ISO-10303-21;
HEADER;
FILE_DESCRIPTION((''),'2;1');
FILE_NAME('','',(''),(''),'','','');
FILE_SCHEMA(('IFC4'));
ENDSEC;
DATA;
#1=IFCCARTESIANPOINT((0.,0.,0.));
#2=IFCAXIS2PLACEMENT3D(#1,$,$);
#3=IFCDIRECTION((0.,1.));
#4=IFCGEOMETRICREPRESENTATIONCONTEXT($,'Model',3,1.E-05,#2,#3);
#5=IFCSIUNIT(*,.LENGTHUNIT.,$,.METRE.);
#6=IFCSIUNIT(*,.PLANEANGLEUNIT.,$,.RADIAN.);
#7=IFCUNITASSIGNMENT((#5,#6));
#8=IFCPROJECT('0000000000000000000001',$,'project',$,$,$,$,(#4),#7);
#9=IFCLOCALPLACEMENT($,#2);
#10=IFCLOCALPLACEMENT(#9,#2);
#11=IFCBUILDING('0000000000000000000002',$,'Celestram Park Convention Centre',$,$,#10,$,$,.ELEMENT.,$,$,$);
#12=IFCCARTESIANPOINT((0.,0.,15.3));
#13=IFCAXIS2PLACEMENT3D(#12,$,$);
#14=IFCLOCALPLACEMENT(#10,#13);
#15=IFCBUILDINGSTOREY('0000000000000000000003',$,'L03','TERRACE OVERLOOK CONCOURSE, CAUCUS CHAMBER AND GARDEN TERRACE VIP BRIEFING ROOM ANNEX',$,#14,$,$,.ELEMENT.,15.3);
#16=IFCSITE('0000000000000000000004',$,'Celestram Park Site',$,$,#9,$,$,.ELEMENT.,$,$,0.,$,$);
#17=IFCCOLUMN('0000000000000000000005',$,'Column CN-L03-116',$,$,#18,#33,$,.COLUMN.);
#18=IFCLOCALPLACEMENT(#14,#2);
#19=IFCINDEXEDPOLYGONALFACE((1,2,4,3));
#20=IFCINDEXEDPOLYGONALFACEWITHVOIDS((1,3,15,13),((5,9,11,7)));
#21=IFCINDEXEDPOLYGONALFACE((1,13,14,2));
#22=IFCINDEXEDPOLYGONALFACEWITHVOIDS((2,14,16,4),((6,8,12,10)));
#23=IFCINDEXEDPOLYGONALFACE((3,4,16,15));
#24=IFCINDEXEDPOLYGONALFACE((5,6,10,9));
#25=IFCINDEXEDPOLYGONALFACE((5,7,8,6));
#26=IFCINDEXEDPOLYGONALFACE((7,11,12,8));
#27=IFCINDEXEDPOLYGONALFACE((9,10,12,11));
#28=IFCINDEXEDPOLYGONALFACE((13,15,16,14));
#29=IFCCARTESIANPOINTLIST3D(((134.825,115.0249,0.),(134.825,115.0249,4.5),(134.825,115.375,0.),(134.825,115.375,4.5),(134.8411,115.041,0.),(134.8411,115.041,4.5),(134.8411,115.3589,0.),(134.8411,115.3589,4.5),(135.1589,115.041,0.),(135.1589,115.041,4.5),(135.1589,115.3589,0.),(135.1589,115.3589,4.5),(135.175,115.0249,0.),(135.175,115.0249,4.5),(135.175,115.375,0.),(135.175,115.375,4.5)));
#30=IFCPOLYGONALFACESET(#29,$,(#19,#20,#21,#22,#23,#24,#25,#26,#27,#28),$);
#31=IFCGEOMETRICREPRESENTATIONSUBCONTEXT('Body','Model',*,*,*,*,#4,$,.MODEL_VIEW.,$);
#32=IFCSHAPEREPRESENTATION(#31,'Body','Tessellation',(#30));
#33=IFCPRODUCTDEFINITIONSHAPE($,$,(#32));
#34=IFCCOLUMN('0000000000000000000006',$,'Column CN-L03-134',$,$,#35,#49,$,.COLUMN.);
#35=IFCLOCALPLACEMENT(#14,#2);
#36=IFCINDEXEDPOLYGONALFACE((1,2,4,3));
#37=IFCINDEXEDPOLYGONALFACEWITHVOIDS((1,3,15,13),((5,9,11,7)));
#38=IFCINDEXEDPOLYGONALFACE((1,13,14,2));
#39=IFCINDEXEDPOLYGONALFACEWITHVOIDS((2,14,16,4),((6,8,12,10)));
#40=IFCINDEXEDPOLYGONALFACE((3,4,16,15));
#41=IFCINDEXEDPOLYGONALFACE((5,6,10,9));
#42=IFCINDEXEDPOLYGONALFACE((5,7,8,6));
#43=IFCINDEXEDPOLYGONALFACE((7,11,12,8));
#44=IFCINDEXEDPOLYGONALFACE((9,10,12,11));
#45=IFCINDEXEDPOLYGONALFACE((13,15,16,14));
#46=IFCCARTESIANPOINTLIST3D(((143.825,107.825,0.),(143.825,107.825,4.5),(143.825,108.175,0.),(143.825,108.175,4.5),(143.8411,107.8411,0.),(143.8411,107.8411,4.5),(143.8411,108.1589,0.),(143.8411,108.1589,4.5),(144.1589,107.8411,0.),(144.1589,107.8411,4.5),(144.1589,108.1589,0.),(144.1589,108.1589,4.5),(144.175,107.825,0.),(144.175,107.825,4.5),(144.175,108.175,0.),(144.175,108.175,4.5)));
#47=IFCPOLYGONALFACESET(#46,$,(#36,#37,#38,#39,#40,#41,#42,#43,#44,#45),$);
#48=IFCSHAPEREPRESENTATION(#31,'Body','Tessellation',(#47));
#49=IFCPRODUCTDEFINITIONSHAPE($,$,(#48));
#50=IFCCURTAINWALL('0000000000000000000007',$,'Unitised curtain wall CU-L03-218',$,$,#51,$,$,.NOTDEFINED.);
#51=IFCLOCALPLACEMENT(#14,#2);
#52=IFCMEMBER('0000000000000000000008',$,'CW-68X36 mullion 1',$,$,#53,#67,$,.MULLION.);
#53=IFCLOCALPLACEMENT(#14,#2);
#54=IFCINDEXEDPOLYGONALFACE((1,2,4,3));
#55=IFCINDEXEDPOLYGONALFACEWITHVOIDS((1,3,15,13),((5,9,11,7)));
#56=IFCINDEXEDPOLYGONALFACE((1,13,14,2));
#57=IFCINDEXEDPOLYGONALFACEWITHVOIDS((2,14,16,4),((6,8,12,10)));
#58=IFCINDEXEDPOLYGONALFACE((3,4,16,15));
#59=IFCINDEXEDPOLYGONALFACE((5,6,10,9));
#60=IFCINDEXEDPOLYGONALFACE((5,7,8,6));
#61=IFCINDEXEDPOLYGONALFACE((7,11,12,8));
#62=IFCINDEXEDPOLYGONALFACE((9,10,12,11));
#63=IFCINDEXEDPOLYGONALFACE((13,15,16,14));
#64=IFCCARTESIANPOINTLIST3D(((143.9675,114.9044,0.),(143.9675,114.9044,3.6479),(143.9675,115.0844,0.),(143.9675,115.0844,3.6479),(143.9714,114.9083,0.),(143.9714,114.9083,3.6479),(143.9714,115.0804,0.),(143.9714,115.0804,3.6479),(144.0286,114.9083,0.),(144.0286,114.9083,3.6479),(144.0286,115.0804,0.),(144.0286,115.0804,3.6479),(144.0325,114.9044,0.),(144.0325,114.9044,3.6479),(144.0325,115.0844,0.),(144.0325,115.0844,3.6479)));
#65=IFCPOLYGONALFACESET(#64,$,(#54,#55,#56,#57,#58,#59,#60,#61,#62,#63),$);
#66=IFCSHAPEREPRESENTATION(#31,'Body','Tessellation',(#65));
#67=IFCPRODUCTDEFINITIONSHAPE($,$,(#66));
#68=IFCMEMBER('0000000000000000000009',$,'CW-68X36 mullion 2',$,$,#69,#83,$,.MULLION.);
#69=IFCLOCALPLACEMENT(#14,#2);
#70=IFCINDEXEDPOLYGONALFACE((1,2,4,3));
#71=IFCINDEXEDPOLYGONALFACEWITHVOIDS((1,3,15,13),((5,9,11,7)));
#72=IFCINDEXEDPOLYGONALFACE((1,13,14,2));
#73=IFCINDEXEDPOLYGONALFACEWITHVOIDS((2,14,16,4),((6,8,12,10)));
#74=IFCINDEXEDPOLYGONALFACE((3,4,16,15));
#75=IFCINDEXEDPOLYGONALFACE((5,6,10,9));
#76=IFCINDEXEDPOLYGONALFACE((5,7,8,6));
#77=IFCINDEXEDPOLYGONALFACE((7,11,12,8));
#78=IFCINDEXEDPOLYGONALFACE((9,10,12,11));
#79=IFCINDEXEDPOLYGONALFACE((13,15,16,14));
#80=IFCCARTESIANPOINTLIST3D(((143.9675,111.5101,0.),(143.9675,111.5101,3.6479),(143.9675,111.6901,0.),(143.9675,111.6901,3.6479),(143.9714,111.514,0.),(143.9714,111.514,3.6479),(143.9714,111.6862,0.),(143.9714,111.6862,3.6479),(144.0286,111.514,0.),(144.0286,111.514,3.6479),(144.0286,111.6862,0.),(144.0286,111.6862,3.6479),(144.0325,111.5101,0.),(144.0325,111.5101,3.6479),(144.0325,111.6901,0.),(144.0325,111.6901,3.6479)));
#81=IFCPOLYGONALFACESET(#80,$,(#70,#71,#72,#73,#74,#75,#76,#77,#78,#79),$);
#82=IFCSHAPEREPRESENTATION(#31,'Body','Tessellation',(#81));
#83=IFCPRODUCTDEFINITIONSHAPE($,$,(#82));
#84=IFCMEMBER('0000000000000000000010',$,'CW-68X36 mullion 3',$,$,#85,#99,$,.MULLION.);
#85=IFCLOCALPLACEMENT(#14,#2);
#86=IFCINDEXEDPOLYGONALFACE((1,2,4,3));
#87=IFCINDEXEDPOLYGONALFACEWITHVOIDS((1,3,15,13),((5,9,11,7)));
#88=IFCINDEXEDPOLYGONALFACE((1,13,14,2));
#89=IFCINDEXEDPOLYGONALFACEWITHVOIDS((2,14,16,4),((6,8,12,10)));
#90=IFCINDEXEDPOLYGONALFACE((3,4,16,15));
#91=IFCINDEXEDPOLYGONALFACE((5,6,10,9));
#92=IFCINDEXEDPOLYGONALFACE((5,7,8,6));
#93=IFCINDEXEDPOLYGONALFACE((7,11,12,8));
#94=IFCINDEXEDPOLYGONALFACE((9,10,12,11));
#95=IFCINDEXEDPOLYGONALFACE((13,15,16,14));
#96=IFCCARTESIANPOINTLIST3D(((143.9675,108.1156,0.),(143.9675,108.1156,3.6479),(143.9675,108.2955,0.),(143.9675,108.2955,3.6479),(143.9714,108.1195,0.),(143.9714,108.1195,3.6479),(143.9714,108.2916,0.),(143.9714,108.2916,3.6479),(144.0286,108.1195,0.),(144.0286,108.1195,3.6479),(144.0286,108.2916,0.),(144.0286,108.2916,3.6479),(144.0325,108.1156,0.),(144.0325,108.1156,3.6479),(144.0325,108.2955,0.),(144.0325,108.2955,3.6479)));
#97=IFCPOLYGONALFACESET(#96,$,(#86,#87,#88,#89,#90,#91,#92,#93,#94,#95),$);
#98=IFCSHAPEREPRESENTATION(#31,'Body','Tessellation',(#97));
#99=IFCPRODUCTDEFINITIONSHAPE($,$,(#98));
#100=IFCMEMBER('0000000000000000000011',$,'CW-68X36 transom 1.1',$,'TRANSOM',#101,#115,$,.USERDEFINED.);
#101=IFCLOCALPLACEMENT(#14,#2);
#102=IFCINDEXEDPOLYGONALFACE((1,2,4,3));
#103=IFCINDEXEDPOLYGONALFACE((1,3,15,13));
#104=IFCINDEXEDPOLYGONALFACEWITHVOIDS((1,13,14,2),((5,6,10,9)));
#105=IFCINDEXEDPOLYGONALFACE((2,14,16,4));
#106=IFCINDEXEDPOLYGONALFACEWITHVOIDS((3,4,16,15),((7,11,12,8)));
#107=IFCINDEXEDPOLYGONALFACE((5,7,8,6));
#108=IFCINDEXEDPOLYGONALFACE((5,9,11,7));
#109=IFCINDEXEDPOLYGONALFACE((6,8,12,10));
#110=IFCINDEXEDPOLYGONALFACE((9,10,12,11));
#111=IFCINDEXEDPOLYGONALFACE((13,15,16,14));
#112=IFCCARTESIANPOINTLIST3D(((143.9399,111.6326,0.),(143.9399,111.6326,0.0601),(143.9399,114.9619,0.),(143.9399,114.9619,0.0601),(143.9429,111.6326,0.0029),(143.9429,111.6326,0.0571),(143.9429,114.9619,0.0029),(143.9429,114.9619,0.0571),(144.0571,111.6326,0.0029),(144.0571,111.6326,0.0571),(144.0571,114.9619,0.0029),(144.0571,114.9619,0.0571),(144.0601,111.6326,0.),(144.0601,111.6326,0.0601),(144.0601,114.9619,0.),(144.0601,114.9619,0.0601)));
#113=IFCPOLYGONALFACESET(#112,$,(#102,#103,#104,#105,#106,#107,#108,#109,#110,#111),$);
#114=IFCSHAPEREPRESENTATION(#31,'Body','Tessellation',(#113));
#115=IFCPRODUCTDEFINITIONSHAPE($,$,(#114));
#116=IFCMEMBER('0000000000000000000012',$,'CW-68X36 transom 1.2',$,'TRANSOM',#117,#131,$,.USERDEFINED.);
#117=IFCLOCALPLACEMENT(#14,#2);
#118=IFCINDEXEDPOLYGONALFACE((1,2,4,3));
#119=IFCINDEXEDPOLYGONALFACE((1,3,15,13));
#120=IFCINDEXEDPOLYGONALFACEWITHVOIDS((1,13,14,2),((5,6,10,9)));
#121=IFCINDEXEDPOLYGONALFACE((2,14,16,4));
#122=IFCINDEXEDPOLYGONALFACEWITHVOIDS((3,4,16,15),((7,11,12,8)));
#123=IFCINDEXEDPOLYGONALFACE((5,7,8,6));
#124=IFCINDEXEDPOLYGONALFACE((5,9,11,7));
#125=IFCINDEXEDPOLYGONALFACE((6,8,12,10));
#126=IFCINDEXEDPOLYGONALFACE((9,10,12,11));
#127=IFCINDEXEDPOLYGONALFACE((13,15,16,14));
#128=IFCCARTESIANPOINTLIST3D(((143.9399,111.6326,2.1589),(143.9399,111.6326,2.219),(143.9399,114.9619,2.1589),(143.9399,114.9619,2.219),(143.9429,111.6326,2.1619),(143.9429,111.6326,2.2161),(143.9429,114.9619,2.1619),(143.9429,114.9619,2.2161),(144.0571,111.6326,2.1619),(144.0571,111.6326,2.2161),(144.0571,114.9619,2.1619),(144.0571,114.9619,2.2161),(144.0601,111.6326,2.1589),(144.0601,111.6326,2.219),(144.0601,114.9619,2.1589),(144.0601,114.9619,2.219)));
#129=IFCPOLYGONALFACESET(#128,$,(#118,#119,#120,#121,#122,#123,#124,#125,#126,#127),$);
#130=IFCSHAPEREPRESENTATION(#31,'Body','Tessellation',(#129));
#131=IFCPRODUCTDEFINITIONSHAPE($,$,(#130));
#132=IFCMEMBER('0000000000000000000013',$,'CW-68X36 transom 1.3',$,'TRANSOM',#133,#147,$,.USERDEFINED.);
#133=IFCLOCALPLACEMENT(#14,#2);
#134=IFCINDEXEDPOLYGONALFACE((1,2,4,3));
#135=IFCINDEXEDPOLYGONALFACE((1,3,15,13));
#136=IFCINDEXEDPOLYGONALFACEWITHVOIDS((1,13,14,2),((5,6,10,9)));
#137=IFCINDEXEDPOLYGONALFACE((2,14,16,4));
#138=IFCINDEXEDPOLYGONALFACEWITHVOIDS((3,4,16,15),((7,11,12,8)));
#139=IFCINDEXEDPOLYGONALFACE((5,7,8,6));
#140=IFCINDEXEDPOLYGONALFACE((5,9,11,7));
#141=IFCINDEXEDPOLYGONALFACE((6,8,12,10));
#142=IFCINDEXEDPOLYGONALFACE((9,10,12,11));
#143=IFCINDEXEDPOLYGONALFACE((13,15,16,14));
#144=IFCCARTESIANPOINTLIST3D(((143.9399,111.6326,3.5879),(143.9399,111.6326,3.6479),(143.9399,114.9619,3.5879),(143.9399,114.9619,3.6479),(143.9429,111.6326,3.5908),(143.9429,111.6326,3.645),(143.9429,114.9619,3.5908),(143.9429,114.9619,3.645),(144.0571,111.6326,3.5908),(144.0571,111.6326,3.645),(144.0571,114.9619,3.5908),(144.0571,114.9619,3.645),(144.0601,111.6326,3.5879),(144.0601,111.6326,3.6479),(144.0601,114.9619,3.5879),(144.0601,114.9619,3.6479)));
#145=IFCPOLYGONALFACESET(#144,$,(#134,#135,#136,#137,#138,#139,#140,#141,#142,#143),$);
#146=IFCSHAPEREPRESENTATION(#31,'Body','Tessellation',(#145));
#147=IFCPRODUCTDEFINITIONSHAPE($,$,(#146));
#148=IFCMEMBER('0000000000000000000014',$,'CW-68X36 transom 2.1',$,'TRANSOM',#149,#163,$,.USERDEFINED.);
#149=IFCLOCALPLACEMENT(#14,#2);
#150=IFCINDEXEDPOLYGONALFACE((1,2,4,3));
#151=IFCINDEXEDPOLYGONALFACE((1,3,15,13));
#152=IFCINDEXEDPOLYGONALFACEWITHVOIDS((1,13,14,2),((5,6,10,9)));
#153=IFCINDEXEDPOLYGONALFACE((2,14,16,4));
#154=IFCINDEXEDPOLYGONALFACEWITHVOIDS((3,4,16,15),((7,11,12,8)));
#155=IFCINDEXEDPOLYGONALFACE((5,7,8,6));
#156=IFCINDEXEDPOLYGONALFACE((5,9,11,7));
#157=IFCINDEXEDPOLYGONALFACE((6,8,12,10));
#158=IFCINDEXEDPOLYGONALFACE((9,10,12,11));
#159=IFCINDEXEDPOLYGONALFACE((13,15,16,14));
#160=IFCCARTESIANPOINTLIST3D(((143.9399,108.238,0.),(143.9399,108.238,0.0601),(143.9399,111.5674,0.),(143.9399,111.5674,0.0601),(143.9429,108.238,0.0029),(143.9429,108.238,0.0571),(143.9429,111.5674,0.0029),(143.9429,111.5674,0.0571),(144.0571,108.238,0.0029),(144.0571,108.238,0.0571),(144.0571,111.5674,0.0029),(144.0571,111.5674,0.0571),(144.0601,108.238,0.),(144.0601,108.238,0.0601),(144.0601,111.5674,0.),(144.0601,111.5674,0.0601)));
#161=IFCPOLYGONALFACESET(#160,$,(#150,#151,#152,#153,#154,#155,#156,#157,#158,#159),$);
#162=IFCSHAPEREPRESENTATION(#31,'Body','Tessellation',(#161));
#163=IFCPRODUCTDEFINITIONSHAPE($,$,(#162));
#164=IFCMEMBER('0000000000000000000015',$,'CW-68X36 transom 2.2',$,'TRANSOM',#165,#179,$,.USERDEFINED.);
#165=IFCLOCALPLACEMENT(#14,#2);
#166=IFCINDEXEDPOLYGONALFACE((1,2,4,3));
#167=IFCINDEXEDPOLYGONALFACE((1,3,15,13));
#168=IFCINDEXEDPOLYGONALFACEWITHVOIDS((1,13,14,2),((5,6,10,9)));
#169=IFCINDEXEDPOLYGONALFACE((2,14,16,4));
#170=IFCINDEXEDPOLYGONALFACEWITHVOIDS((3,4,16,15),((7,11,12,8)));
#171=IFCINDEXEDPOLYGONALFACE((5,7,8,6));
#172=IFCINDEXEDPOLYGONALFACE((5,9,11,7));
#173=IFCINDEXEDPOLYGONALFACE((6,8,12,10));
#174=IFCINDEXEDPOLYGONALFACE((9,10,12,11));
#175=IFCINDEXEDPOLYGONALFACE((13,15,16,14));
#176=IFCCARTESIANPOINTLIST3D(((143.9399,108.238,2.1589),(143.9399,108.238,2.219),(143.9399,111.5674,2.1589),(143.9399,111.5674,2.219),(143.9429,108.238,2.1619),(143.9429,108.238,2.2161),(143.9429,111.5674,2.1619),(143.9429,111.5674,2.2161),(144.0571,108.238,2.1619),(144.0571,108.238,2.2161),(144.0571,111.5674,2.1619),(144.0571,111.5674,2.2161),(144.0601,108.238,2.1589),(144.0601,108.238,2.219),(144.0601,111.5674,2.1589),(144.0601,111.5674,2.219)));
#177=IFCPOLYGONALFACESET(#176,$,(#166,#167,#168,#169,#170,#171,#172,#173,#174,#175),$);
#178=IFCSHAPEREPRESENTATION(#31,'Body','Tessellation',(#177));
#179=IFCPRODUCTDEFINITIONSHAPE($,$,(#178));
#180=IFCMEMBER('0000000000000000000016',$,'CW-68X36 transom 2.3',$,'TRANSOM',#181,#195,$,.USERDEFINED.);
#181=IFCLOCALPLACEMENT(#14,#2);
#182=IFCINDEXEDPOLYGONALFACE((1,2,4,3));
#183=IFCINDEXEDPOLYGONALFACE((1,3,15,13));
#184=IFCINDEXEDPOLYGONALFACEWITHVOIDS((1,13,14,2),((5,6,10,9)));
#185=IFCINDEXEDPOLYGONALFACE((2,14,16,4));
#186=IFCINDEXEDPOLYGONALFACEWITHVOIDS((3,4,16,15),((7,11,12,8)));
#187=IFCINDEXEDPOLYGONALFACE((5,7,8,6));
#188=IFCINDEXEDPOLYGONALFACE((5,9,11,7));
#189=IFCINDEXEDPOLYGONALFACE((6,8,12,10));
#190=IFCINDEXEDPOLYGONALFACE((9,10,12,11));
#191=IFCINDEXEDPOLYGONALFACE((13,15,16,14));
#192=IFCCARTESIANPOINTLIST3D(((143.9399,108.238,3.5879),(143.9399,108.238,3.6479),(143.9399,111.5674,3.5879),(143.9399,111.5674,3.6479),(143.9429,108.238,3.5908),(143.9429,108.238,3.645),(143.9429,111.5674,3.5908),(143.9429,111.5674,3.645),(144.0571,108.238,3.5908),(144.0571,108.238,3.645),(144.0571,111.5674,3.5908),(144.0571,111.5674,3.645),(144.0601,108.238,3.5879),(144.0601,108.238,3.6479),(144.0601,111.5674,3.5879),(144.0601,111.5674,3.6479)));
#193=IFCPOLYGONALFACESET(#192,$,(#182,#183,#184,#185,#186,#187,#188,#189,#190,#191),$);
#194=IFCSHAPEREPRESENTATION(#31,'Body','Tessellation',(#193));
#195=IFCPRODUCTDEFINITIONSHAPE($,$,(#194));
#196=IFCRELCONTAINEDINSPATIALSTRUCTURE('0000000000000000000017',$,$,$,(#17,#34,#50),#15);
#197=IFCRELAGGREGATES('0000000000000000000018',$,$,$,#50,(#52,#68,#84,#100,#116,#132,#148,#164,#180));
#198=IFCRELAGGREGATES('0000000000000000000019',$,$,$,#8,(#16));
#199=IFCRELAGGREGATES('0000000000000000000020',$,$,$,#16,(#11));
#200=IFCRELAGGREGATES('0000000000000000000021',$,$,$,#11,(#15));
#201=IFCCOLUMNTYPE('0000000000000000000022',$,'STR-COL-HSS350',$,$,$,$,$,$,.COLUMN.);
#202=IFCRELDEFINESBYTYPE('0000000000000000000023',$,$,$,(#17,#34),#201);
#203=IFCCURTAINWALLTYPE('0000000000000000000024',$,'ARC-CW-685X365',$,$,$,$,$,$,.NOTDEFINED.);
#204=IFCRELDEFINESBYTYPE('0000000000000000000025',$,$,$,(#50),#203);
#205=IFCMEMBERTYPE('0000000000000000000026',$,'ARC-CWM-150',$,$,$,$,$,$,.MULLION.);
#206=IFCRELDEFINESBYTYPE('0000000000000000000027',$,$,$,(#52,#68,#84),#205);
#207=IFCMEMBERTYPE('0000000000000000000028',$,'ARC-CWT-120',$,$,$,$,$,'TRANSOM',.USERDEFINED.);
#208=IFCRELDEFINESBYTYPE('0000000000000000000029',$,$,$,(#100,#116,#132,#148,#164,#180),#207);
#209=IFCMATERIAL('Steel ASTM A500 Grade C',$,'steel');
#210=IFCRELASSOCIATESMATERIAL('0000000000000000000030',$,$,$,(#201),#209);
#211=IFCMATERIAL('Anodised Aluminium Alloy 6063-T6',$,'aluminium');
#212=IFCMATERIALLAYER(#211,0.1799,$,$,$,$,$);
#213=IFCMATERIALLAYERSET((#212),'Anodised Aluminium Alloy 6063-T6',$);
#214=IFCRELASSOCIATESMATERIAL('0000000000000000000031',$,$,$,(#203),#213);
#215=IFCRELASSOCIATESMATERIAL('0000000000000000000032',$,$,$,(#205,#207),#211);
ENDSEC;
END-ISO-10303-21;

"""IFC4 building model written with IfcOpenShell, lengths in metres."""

from ifc_helpers import new_model, si_unit, direction, frame, origin, origin_2d, place, context, subcontext, project, spatial, hollow_rectangle, extrude, material, layer, layer_set, material_profile, profile_set, type_object, element, aggregate, save


model = new_model("IFC4")

# Units and contexts
model_context = context("Model", 3, precision=1e-05, world=origin(), true_north=direction((0.0, 1.0)))
body_context = subcontext(model_context, "Body", "Model", "MODEL_VIEW")
ifc_project = project(units=[si_unit("LENGTHUNIT", "METRE"), si_unit("PLANEANGLEUNIT", "RADIAN")], contexts=[model_context])

# Site, building, storey
site_placement = place(None, origin())
site = spatial("IfcSite", under=ifc_project, at=site_placement, Name="Celestram Park Site", CompositionType="ELEMENT", RefElevation=0.0)
building_placement = place(site_placement, origin())
building = spatial("IfcBuilding", under=site, at=building_placement, Name="Celestram Park Convention Centre", CompositionType="ELEMENT")
storey_placement = place(building_placement, frame((0.0, 0.0, 15.3)))
storey = spatial("IfcBuildingStorey", under=building, at=storey_placement, Name="L03", Description="TERRACE OVERLOOK CONCOURSE, CAUCUS CHAMBER AND GARDEN TERRACE VIP BRIEFING ROOM ANNEX", CompositionType="ELEMENT", Elevation=15.3)

# Columns
ifc_material_1 = material(Name="Steel ASTM A500 Grade C", Category="steel")
ifc_material_profile_1 = material_profile(ifc_material_1, hollow_rectangle(XDim=0.3501, YDim=0.3501, WallThickness=0.0161, at=origin_2d()), Name="HSS350X350X16")
ifc_profile_set_1 = profile_set([ifc_material_profile_1], Name="Steel ASTM A500 Grade C")
column_type = type_object("IfcColumnType", Name="STR-COL-HSS350", PredefinedType="COLUMN", material=ifc_profile_set_1)
for number, where, z_axis, x_axis, name in (
    (1, (135.0, 115.2, 0.0), (0.0, 0.0, 1.0), (1.0, 0.0, 0.0), "Column CN-L03-116"),
    (2, (144.0, 108.0, 0.0), (0.0, 0.0, 1.0), (1.0, 0.0, 0.0), "Column CN-L03-134"),
):
    element("IfcColumn", number, at=place(storey_placement, frame(where, z_axis=z_axis, x_axis=x_axis)), inside=storey, type_object=column_type, Name=name, PredefinedType="COLUMN", context=body_context, shape_type="SweptSolid", body=[
        extrude(hollow_rectangle(XDim=0.3501, YDim=0.3501, WallThickness=0.0161, at=origin_2d()), origin(), (0.0, 0.0, 1.0), 4.5),
    ])

# Curtain wall, members
ifc_material_2 = material(Name="Anodised Aluminium Alloy 6063-T6", Category="aluminium")
ifc_layer_1 = layer(ifc_material_2, 0.1799)
ifc_layer_set_1 = layer_set([ifc_layer_1], Name="Anodised Aluminium Alloy 6063-T6")
curtain_wall_type = type_object("IfcCurtainWallType", Name="ARC-CW-685X365", PredefinedType="NOTDEFINED", material=ifc_layer_set_1)
curtain_wall_placement = place(storey_placement, origin())
curtain_wall = element("IfcCurtainWall", 3, at=curtain_wall_placement, inside=storey, type_object=curtain_wall_type, Name="Unitised curtain wall CU-L03-218", PredefinedType="NOTDEFINED")
ifc_material_profile_2 = material_profile(ifc_material_2, hollow_rectangle(XDim=0.0649, YDim=0.1799, WallThickness=0.0039, at=origin_2d()), Name="ALU65X180X4")
ifc_profile_set_2 = profile_set([ifc_material_profile_2], Name="Anodised Aluminium Alloy 6063-T6")
member_type_1 = type_object("IfcMemberType", Name="ARC-CWM-150", PredefinedType="MULLION", material=ifc_profile_set_2)
member_1_placement = place(storey_placement, frame((144.0, 114.9944, 0.0), z_axis=(0.0, 0.0, 1.0), x_axis=(1.0, 0.0, 0.0)))
member_1 = element("IfcMember", 4, at=member_1_placement, type_object=member_type_1, Name="CW-68X36 mullion 1", PredefinedType="MULLION", context=body_context, shape_type="SweptSolid", body=[
    extrude(hollow_rectangle(XDim=0.0649, YDim=0.1799, WallThickness=0.0039, at=origin_2d()), origin(), (0.0, 0.0, 1.0), 3.6479),
])
member_2_placement = place(storey_placement, frame((144.0, 111.6001, 0.0), z_axis=(0.0, 0.0, 1.0), x_axis=(1.0, 0.0, 0.0)))
member_2 = element("IfcMember", 5, at=member_2_placement, type_object=member_type_1, Name="CW-68X36 mullion 2", PredefinedType="MULLION", context=body_context, shape_type="SweptSolid", body=[
    extrude(hollow_rectangle(XDim=0.0649, YDim=0.1799, WallThickness=0.0039, at=origin_2d()), origin(), (0.0, 0.0, 1.0), 3.6479),
])
member_3_placement = place(storey_placement, frame((144.0, 108.2056, 0.0), z_axis=(0.0, 0.0, 1.0), x_axis=(1.0, 0.0, 0.0)))
member_3 = element("IfcMember", 6, at=member_3_placement, type_object=member_type_1, Name="CW-68X36 mullion 3", PredefinedType="MULLION", context=body_context, shape_type="SweptSolid", body=[
    extrude(hollow_rectangle(XDim=0.0649, YDim=0.1799, WallThickness=0.0039, at=origin_2d()), origin(), (0.0, 0.0, 1.0), 3.6479),
])
ifc_material_profile_3 = material_profile(ifc_material_2, hollow_rectangle(XDim=0.1201, YDim=0.0601, WallThickness=0.0029, at=origin_2d()), Name="ALU120X60X3")
ifc_profile_set_3 = profile_set([ifc_material_profile_3], Name="Anodised Aluminium Alloy 6063-T6")
member_type_2 = type_object("IfcMemberType", Name="ARC-CWT-120", ElementType="TRANSOM", PredefinedType="USERDEFINED", material=ifc_profile_set_3)
member_4_placement = place(storey_placement, frame((144.0, 114.9619, 0.03), z_axis=(0.0, -1.0, 0.0), x_axis=(1.0, 0.0, 0.0)))
member_4 = element("IfcMember", 7, at=member_4_placement, type_object=member_type_2, Name="CW-68X36 transom 1.1", ObjectType="TRANSOM", PredefinedType="USERDEFINED", context=body_context, shape_type="SweptSolid", body=[
    extrude(hollow_rectangle(XDim=0.1201, YDim=0.0601, WallThickness=0.0029, at=origin_2d()), origin(), (0.0, 0.0, 1.0), 3.3293),
])
member_5_placement = place(storey_placement, frame((144.0, 114.9619, 2.189), z_axis=(0.0, -1.0, 0.0), x_axis=(1.0, 0.0, 0.0)))
member_5 = element("IfcMember", 8, at=member_5_placement, type_object=member_type_2, Name="CW-68X36 transom 1.2", ObjectType="TRANSOM", PredefinedType="USERDEFINED", context=body_context, shape_type="SweptSolid", body=[
    extrude(hollow_rectangle(XDim=0.1201, YDim=0.0601, WallThickness=0.0029, at=origin_2d()), origin(), (0.0, 0.0, 1.0), 3.3293),
])
member_6_placement = place(storey_placement, frame((144.0, 114.9619, 3.6179), z_axis=(0.0, -1.0, 0.0), x_axis=(1.0, 0.0, 0.0)))
member_6 = element("IfcMember", 9, at=member_6_placement, type_object=member_type_2, Name="CW-68X36 transom 1.3", ObjectType="TRANSOM", PredefinedType="USERDEFINED", context=body_context, shape_type="SweptSolid", body=[
    extrude(hollow_rectangle(XDim=0.1201, YDim=0.0601, WallThickness=0.0029, at=origin_2d()), origin(), (0.0, 0.0, 1.0), 3.3293),
])
member_7_placement = place(storey_placement, frame((144.0, 111.5674, 0.03), z_axis=(0.0, -1.0, 0.0), x_axis=(1.0, 0.0, 0.0)))
member_7 = element("IfcMember", 10, at=member_7_placement, type_object=member_type_2, Name="CW-68X36 transom 2.1", ObjectType="TRANSOM", PredefinedType="USERDEFINED", context=body_context, shape_type="SweptSolid", body=[
    extrude(hollow_rectangle(XDim=0.1201, YDim=0.0601, WallThickness=0.0029, at=origin_2d()), origin(), (0.0, 0.0, 1.0), 3.3293),
])
member_8_placement = place(storey_placement, frame((144.0, 111.5674, 2.189), z_axis=(0.0, -1.0, 0.0), x_axis=(1.0, 0.0, 0.0)))
member_8 = element("IfcMember", 11, at=member_8_placement, type_object=member_type_2, Name="CW-68X36 transom 2.2", ObjectType="TRANSOM", PredefinedType="USERDEFINED", context=body_context, shape_type="SweptSolid", body=[
    extrude(hollow_rectangle(XDim=0.1201, YDim=0.0601, WallThickness=0.0029, at=origin_2d()), origin(), (0.0, 0.0, 1.0), 3.3293),
])
member_9_placement = place(storey_placement, frame((144.0, 111.5674, 3.6179), z_axis=(0.0, -1.0, 0.0), x_axis=(1.0, 0.0, 0.0)))
member_9 = element("IfcMember", 12, at=member_9_placement, type_object=member_type_2, Name="CW-68X36 transom 2.3", ObjectType="TRANSOM", PredefinedType="USERDEFINED", context=body_context, shape_type="SweptSolid", body=[
    extrude(hollow_rectangle(XDim=0.1201, YDim=0.0601, WallThickness=0.0029, at=origin_2d()), origin(), (0.0, 0.0, 1.0), 3.3293),
])

aggregate(curtain_wall, [member_1, member_2, member_3, member_4, member_5, member_6, member_7, member_8, member_9])

save(model, "model.ifc")
